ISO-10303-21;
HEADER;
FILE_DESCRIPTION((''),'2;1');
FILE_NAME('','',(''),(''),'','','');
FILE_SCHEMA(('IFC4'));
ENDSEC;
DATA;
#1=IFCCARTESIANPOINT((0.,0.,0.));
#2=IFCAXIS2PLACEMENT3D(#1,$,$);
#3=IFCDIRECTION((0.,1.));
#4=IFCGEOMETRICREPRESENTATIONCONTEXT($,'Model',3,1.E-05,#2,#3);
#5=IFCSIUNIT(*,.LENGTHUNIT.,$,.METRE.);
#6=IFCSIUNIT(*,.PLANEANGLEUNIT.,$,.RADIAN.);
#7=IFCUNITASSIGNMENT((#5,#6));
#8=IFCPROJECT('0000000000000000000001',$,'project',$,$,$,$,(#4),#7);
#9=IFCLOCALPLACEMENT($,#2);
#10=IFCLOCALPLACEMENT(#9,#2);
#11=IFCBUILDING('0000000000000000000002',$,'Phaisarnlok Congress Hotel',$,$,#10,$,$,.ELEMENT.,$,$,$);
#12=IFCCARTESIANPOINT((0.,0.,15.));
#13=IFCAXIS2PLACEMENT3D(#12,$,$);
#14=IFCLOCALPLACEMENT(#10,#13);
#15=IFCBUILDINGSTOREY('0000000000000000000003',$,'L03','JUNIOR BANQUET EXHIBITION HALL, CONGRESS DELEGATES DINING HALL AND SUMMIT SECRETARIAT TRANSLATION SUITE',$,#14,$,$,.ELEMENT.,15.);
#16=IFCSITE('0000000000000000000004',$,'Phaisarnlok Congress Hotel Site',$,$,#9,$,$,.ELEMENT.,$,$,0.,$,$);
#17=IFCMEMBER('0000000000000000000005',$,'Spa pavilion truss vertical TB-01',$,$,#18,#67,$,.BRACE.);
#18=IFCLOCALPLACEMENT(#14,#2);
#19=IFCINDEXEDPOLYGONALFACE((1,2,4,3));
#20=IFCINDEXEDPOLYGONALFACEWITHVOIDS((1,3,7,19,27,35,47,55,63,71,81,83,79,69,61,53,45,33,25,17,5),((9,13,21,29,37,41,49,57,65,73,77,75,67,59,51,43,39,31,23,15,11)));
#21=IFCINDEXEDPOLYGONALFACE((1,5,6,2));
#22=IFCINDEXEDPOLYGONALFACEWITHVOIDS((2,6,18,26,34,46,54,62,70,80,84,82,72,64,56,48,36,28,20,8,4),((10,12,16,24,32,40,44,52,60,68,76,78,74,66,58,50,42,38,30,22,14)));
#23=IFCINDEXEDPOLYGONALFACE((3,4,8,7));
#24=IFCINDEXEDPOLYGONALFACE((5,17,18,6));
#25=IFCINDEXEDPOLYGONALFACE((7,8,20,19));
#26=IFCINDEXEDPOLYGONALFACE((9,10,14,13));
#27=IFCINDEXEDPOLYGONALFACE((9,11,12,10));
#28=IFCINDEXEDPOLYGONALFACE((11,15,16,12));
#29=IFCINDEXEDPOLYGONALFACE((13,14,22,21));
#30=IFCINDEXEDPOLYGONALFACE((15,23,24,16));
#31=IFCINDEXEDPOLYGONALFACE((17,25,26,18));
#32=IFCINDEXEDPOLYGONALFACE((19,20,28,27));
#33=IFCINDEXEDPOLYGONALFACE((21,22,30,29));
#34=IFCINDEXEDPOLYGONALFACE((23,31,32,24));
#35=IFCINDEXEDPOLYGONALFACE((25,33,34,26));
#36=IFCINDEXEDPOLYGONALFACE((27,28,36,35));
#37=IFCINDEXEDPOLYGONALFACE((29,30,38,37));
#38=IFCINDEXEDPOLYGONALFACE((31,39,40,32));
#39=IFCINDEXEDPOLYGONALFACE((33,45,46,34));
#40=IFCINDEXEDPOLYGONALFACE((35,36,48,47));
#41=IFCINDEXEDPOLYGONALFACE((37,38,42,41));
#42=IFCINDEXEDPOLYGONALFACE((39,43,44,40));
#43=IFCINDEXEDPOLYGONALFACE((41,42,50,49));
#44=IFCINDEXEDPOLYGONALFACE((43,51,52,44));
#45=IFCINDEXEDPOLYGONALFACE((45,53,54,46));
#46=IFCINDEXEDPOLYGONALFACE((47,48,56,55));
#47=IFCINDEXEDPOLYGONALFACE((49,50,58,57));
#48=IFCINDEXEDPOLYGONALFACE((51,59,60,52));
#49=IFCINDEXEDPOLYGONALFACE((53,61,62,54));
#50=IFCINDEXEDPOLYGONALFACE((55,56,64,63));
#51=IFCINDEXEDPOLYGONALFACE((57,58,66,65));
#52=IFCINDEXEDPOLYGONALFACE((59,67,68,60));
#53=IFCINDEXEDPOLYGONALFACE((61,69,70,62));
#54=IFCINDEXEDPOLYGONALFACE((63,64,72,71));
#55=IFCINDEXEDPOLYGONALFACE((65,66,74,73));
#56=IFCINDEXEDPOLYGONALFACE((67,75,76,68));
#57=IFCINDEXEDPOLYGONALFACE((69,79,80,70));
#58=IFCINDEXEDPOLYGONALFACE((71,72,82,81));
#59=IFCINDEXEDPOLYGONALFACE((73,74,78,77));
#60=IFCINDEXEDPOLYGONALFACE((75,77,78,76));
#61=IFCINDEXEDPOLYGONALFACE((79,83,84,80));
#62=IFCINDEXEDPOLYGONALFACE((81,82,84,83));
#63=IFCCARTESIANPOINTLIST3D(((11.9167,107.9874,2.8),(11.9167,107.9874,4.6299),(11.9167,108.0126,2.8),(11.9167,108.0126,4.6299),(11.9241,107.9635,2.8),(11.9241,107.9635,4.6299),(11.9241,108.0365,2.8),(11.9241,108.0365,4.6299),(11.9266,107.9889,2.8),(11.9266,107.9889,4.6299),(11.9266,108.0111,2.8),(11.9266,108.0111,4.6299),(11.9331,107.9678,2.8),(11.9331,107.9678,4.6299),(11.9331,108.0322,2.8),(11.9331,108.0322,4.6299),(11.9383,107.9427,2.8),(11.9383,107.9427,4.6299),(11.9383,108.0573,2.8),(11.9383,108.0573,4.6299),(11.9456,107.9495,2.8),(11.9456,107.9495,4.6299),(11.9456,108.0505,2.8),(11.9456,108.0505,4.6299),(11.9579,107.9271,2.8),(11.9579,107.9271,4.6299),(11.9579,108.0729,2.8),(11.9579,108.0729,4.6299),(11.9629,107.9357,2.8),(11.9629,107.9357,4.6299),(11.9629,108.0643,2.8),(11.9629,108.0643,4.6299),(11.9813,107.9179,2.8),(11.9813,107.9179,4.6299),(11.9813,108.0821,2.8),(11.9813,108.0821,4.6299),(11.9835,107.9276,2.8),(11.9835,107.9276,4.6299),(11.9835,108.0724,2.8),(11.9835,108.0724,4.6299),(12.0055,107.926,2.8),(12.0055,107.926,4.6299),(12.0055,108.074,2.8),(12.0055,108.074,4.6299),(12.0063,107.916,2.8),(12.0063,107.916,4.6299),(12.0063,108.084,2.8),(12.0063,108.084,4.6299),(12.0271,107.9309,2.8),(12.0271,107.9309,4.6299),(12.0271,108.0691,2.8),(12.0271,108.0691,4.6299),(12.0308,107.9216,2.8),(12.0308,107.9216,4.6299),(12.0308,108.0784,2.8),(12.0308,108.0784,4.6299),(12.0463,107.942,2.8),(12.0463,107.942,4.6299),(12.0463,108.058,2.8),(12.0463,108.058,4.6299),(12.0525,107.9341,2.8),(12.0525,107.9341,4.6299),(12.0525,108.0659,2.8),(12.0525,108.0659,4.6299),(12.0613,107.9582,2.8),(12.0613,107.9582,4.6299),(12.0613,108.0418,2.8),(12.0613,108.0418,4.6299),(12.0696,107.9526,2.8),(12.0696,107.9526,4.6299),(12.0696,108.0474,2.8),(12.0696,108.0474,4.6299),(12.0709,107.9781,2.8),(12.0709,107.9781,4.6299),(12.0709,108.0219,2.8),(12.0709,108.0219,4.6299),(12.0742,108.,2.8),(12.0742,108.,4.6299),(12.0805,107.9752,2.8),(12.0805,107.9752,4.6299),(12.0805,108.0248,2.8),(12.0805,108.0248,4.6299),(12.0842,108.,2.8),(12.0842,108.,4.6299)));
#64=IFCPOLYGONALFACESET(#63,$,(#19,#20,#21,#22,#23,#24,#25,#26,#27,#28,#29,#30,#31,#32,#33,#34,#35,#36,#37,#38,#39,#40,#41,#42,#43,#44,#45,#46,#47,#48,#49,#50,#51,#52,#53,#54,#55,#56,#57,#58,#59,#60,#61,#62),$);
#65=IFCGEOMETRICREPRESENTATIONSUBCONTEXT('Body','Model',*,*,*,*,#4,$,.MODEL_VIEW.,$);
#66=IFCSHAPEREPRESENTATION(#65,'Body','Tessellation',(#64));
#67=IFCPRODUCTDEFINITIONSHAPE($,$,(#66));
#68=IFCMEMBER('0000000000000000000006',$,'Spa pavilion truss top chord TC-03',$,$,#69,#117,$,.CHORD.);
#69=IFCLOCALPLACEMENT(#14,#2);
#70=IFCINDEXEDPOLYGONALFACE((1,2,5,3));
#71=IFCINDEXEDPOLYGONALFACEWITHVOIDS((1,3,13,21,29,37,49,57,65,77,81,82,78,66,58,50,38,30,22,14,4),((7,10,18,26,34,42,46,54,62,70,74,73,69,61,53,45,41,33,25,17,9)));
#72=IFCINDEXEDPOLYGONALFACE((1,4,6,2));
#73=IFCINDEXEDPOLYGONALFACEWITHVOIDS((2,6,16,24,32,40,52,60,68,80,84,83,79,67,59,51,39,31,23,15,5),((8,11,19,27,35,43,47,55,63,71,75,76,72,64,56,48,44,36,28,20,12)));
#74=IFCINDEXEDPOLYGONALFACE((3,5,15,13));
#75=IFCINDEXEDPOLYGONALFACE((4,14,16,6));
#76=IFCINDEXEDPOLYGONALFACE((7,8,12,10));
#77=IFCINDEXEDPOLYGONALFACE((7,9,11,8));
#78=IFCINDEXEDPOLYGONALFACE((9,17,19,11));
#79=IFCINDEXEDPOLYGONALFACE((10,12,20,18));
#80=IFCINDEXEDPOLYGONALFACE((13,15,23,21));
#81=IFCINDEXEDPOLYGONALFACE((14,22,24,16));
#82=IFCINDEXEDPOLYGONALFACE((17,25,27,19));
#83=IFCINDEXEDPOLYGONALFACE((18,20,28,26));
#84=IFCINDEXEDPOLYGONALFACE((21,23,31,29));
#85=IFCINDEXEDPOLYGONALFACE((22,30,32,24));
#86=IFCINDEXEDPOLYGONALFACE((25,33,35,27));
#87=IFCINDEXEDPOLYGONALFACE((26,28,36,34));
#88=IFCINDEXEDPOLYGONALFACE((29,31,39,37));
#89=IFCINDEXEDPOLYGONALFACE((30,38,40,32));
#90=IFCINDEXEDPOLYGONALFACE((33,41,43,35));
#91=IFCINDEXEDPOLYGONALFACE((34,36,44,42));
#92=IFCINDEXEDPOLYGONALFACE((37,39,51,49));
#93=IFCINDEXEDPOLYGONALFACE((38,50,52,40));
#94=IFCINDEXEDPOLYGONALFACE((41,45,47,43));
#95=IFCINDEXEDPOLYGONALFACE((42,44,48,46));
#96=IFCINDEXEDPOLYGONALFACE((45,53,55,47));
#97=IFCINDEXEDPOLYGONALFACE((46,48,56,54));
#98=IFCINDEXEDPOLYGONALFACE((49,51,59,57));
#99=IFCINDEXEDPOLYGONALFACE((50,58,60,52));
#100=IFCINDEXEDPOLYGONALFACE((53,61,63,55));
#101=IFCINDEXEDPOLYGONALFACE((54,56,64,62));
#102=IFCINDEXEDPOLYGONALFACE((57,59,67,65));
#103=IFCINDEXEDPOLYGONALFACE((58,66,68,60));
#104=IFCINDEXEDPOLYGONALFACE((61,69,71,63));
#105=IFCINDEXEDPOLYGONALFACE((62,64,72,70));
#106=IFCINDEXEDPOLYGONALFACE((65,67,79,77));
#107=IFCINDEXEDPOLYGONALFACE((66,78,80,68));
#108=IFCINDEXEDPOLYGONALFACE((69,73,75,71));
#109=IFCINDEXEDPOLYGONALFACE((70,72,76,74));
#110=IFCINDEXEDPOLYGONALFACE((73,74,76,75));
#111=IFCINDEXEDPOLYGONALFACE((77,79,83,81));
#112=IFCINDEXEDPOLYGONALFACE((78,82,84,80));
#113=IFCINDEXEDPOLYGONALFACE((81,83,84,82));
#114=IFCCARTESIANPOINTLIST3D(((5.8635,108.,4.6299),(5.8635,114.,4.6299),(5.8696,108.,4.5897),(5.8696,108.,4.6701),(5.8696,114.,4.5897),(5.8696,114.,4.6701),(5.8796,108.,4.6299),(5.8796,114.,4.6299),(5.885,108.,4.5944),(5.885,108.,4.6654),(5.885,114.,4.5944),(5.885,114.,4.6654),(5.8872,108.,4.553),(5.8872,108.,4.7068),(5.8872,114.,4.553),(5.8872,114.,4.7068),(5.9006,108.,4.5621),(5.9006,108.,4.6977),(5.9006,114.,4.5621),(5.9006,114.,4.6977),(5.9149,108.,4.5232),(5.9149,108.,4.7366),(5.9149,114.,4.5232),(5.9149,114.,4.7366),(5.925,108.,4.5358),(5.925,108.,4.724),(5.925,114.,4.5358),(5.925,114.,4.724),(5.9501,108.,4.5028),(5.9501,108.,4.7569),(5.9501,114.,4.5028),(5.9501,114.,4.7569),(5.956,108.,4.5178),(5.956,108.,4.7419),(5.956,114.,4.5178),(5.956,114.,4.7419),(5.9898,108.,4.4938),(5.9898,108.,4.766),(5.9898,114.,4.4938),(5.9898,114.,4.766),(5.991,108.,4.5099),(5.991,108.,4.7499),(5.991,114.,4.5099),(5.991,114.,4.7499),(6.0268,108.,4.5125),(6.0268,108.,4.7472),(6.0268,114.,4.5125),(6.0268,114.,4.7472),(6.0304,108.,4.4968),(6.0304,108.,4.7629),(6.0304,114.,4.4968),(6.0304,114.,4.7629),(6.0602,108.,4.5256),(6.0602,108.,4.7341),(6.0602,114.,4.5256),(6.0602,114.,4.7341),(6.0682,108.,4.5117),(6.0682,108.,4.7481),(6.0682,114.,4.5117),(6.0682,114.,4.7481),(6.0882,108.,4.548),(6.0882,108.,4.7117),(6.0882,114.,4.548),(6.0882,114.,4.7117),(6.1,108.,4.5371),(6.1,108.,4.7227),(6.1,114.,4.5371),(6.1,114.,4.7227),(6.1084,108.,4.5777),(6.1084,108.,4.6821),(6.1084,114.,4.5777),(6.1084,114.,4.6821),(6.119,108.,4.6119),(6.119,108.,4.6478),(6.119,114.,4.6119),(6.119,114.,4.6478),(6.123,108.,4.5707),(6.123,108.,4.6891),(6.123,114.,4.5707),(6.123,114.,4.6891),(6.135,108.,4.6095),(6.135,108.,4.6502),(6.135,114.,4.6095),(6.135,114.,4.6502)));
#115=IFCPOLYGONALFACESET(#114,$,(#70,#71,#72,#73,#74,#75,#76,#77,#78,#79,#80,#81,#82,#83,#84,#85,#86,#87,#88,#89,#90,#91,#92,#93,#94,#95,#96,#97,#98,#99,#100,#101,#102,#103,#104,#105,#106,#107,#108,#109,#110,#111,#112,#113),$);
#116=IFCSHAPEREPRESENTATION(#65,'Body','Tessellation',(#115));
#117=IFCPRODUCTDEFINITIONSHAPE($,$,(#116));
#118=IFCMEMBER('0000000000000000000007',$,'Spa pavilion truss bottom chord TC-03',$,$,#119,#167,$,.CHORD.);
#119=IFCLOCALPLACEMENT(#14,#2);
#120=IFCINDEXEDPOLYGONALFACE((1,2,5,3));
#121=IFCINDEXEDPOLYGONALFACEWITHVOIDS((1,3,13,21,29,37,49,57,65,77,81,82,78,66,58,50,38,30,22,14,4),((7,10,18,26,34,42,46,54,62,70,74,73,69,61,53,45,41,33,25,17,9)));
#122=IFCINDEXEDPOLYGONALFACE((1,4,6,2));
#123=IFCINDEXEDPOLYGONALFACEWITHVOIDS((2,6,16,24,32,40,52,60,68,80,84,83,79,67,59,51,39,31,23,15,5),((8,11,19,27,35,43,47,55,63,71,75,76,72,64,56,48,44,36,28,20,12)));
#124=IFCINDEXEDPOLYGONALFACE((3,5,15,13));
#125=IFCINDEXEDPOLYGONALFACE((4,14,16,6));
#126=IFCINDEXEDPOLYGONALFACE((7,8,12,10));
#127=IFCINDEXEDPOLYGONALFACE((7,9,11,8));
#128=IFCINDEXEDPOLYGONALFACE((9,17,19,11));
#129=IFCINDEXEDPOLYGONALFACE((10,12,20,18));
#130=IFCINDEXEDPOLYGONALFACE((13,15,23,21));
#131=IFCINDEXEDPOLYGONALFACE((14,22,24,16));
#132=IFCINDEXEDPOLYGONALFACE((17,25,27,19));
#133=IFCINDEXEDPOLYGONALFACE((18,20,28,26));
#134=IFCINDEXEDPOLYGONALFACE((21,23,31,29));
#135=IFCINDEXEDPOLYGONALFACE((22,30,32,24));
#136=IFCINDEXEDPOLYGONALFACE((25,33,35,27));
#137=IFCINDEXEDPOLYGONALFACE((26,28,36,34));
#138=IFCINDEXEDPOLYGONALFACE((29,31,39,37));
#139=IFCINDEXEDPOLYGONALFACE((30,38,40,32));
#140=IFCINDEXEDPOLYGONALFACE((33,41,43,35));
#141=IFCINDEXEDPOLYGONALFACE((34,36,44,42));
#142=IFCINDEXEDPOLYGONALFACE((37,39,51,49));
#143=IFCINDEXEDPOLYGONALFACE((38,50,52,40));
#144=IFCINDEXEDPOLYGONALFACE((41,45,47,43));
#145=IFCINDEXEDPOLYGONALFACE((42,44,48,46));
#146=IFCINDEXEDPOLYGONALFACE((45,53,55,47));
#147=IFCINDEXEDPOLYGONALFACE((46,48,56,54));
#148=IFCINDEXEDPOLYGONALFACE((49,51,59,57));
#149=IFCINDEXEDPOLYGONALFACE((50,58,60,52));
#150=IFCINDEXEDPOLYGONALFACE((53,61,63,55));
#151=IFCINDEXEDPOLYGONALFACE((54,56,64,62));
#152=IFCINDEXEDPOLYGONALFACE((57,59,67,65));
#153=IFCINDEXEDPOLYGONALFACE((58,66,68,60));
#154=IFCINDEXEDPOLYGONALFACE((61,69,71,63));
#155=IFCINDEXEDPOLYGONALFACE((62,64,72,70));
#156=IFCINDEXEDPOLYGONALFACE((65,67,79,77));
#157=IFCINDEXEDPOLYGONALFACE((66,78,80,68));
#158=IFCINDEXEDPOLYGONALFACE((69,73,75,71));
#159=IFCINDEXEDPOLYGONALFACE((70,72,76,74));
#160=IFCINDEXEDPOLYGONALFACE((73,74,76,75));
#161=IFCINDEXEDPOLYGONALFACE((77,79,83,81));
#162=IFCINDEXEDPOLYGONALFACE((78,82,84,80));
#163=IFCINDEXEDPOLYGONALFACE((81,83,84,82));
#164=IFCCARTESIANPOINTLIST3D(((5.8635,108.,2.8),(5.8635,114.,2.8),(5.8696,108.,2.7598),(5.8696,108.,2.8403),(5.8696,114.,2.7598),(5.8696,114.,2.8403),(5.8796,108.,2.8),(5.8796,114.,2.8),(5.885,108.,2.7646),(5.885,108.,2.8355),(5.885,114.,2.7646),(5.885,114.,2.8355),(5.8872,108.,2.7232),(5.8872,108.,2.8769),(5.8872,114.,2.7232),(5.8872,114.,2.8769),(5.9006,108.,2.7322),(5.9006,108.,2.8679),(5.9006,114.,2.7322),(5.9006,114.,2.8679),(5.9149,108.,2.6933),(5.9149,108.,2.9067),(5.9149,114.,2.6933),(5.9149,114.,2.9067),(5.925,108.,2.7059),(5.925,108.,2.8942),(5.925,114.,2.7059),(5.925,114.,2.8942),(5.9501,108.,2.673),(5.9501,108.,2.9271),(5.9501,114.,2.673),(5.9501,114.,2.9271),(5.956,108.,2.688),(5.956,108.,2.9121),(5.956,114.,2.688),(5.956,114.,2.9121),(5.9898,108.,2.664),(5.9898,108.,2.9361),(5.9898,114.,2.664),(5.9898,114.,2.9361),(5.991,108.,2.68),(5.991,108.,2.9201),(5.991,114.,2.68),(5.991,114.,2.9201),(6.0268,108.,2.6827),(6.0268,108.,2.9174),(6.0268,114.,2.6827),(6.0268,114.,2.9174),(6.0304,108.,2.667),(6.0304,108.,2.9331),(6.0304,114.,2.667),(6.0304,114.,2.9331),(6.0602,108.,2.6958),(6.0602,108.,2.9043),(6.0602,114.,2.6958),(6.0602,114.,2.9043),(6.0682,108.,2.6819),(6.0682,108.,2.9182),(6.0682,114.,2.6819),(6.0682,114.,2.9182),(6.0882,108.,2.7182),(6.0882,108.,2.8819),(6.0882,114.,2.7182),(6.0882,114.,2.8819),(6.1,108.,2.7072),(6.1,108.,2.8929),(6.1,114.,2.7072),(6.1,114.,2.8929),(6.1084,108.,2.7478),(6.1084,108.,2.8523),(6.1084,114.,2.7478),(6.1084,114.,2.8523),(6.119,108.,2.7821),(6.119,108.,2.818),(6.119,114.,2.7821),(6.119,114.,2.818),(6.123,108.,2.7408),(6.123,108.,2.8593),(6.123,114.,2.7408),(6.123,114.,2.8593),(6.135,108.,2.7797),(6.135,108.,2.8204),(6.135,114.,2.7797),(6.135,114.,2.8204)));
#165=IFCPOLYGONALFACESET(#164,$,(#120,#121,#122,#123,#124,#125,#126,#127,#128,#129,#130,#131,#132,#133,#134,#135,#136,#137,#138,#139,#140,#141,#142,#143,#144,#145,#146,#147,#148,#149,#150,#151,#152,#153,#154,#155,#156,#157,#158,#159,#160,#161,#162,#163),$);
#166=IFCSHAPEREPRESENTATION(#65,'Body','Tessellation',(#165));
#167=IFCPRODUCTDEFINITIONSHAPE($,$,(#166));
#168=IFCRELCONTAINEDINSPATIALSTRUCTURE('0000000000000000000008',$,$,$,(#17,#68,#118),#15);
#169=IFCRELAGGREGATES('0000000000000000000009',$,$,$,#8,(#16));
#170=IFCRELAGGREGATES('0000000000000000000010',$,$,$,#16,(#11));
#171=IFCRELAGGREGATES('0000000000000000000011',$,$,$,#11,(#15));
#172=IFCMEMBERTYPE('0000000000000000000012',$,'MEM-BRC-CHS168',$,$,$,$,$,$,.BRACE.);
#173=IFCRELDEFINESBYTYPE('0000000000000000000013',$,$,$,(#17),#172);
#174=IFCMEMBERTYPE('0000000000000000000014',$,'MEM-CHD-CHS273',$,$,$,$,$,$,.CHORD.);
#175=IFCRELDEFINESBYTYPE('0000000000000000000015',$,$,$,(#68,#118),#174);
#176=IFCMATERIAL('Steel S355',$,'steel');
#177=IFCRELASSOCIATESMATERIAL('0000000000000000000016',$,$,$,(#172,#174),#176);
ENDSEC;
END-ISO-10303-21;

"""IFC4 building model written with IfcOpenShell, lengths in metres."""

from ifc_helpers import new_model, si_unit, direction, frame, origin, origin_2d, place, context, subcontext, project, spatial, hollow_circle, extrude, material, material_profile, profile_set, type_object, element, save


model = new_model("IFC4")

# Units and contexts
model_context = context("Model", 3, precision=1e-05, world=origin(), true_north=direction((0.0, 1.0)))
body_context = subcontext(model_context, "Body", "Model", "MODEL_VIEW")
ifc_project = project(units=[si_unit("LENGTHUNIT", "METRE"), si_unit("PLANEANGLEUNIT", "RADIAN")], contexts=[model_context])

# Site, building, storey
site_placement = place(None, origin())
site = spatial("IfcSite", under=ifc_project, at=site_placement, Name="Phaisarnlok Congress Hotel Site", CompositionType="ELEMENT", RefElevation=0.0)
building_placement = place(site_placement, origin())
building = spatial("IfcBuilding", under=site, at=building_placement, Name="Phaisarnlok Congress Hotel", CompositionType="ELEMENT")
storey_placement = place(building_placement, frame((0.0, 0.0, 15.0)))
storey = spatial("IfcBuildingStorey", under=building, at=storey_placement, Name="L03", Description="JUNIOR BANQUET EXHIBITION HALL, CONGRESS DELEGATES DINING HALL AND SUMMIT SECRETARIAT TRANSLATION SUITE", CompositionType="ELEMENT", Elevation=15.0)

# Shared definitions
ifc_material_1 = material(Name="Steel S355", Category="steel")

# Members
ifc_material_profile_1 = material_profile(ifc_material_1, hollow_circle(Radius=0.0842, WallThickness=0.01, at=origin_2d()), Name="CHS 168.3x10")
ifc_profile_set_1 = profile_set([ifc_material_profile_1], Name="Steel S355")
member_type_1 = type_object("IfcMemberType", Name="MEM-BRC-CHS168", PredefinedType="BRACE", material=ifc_profile_set_1)
member_1_placement = place(storey_placement, frame((12.0, 108.0, 2.8), z_axis=(0.0, 0.0, 1.0), x_axis=(1.0, 0.0, 0.0)))
element("IfcMember", 1, at=member_1_placement, inside=storey, type_object=member_type_1, Name="Spa pavilion truss vertical TB-01", PredefinedType="BRACE", context=body_context, shape_type="SweptSolid", body=[
    extrude(hollow_circle(Radius=0.0842, WallThickness=0.01, at=origin_2d()), origin(), (0.0, 0.0, 1.0), 1.8298),
])
ifc_material_profile_2 = material_profile(ifc_material_1, hollow_circle(Radius=0.1365, WallThickness=0.0161, at=origin_2d()), Name="CHS 273x16")
ifc_profile_set_2 = profile_set([ifc_material_profile_2], Name="Steel S355")
member_type_2 = type_object("IfcMemberType", Name="MEM-CHD-CHS273", PredefinedType="CHORD", material=ifc_profile_set_2)
for number, where, z_axis, x_axis, name in (
    (2, (6.0, 108.0, 4.6299), (0.0, 1.0, 0.0), (-1.0, 0.0, 0.0), "Spa pavilion truss top chord TC-03"),
    (3, (6.0, 108.0, 2.8), (0.0, 1.0, 0.0), (-1.0, 0.0, 0.0), "Spa pavilion truss bottom chord TC-03"),
):
    element("IfcMember", number, at=place(storey_placement, frame(where, z_axis=z_axis, x_axis=x_axis)), inside=storey, type_object=member_type_2, Name=name, PredefinedType="CHORD", context=body_context, shape_type="SweptSolid", body=[
        extrude(hollow_circle(Radius=0.1365, WallThickness=0.0161, at=origin_2d()), origin(), (0.0, 0.0, 1.0), 6.0),
    ])

save(model, "model.ifc")
